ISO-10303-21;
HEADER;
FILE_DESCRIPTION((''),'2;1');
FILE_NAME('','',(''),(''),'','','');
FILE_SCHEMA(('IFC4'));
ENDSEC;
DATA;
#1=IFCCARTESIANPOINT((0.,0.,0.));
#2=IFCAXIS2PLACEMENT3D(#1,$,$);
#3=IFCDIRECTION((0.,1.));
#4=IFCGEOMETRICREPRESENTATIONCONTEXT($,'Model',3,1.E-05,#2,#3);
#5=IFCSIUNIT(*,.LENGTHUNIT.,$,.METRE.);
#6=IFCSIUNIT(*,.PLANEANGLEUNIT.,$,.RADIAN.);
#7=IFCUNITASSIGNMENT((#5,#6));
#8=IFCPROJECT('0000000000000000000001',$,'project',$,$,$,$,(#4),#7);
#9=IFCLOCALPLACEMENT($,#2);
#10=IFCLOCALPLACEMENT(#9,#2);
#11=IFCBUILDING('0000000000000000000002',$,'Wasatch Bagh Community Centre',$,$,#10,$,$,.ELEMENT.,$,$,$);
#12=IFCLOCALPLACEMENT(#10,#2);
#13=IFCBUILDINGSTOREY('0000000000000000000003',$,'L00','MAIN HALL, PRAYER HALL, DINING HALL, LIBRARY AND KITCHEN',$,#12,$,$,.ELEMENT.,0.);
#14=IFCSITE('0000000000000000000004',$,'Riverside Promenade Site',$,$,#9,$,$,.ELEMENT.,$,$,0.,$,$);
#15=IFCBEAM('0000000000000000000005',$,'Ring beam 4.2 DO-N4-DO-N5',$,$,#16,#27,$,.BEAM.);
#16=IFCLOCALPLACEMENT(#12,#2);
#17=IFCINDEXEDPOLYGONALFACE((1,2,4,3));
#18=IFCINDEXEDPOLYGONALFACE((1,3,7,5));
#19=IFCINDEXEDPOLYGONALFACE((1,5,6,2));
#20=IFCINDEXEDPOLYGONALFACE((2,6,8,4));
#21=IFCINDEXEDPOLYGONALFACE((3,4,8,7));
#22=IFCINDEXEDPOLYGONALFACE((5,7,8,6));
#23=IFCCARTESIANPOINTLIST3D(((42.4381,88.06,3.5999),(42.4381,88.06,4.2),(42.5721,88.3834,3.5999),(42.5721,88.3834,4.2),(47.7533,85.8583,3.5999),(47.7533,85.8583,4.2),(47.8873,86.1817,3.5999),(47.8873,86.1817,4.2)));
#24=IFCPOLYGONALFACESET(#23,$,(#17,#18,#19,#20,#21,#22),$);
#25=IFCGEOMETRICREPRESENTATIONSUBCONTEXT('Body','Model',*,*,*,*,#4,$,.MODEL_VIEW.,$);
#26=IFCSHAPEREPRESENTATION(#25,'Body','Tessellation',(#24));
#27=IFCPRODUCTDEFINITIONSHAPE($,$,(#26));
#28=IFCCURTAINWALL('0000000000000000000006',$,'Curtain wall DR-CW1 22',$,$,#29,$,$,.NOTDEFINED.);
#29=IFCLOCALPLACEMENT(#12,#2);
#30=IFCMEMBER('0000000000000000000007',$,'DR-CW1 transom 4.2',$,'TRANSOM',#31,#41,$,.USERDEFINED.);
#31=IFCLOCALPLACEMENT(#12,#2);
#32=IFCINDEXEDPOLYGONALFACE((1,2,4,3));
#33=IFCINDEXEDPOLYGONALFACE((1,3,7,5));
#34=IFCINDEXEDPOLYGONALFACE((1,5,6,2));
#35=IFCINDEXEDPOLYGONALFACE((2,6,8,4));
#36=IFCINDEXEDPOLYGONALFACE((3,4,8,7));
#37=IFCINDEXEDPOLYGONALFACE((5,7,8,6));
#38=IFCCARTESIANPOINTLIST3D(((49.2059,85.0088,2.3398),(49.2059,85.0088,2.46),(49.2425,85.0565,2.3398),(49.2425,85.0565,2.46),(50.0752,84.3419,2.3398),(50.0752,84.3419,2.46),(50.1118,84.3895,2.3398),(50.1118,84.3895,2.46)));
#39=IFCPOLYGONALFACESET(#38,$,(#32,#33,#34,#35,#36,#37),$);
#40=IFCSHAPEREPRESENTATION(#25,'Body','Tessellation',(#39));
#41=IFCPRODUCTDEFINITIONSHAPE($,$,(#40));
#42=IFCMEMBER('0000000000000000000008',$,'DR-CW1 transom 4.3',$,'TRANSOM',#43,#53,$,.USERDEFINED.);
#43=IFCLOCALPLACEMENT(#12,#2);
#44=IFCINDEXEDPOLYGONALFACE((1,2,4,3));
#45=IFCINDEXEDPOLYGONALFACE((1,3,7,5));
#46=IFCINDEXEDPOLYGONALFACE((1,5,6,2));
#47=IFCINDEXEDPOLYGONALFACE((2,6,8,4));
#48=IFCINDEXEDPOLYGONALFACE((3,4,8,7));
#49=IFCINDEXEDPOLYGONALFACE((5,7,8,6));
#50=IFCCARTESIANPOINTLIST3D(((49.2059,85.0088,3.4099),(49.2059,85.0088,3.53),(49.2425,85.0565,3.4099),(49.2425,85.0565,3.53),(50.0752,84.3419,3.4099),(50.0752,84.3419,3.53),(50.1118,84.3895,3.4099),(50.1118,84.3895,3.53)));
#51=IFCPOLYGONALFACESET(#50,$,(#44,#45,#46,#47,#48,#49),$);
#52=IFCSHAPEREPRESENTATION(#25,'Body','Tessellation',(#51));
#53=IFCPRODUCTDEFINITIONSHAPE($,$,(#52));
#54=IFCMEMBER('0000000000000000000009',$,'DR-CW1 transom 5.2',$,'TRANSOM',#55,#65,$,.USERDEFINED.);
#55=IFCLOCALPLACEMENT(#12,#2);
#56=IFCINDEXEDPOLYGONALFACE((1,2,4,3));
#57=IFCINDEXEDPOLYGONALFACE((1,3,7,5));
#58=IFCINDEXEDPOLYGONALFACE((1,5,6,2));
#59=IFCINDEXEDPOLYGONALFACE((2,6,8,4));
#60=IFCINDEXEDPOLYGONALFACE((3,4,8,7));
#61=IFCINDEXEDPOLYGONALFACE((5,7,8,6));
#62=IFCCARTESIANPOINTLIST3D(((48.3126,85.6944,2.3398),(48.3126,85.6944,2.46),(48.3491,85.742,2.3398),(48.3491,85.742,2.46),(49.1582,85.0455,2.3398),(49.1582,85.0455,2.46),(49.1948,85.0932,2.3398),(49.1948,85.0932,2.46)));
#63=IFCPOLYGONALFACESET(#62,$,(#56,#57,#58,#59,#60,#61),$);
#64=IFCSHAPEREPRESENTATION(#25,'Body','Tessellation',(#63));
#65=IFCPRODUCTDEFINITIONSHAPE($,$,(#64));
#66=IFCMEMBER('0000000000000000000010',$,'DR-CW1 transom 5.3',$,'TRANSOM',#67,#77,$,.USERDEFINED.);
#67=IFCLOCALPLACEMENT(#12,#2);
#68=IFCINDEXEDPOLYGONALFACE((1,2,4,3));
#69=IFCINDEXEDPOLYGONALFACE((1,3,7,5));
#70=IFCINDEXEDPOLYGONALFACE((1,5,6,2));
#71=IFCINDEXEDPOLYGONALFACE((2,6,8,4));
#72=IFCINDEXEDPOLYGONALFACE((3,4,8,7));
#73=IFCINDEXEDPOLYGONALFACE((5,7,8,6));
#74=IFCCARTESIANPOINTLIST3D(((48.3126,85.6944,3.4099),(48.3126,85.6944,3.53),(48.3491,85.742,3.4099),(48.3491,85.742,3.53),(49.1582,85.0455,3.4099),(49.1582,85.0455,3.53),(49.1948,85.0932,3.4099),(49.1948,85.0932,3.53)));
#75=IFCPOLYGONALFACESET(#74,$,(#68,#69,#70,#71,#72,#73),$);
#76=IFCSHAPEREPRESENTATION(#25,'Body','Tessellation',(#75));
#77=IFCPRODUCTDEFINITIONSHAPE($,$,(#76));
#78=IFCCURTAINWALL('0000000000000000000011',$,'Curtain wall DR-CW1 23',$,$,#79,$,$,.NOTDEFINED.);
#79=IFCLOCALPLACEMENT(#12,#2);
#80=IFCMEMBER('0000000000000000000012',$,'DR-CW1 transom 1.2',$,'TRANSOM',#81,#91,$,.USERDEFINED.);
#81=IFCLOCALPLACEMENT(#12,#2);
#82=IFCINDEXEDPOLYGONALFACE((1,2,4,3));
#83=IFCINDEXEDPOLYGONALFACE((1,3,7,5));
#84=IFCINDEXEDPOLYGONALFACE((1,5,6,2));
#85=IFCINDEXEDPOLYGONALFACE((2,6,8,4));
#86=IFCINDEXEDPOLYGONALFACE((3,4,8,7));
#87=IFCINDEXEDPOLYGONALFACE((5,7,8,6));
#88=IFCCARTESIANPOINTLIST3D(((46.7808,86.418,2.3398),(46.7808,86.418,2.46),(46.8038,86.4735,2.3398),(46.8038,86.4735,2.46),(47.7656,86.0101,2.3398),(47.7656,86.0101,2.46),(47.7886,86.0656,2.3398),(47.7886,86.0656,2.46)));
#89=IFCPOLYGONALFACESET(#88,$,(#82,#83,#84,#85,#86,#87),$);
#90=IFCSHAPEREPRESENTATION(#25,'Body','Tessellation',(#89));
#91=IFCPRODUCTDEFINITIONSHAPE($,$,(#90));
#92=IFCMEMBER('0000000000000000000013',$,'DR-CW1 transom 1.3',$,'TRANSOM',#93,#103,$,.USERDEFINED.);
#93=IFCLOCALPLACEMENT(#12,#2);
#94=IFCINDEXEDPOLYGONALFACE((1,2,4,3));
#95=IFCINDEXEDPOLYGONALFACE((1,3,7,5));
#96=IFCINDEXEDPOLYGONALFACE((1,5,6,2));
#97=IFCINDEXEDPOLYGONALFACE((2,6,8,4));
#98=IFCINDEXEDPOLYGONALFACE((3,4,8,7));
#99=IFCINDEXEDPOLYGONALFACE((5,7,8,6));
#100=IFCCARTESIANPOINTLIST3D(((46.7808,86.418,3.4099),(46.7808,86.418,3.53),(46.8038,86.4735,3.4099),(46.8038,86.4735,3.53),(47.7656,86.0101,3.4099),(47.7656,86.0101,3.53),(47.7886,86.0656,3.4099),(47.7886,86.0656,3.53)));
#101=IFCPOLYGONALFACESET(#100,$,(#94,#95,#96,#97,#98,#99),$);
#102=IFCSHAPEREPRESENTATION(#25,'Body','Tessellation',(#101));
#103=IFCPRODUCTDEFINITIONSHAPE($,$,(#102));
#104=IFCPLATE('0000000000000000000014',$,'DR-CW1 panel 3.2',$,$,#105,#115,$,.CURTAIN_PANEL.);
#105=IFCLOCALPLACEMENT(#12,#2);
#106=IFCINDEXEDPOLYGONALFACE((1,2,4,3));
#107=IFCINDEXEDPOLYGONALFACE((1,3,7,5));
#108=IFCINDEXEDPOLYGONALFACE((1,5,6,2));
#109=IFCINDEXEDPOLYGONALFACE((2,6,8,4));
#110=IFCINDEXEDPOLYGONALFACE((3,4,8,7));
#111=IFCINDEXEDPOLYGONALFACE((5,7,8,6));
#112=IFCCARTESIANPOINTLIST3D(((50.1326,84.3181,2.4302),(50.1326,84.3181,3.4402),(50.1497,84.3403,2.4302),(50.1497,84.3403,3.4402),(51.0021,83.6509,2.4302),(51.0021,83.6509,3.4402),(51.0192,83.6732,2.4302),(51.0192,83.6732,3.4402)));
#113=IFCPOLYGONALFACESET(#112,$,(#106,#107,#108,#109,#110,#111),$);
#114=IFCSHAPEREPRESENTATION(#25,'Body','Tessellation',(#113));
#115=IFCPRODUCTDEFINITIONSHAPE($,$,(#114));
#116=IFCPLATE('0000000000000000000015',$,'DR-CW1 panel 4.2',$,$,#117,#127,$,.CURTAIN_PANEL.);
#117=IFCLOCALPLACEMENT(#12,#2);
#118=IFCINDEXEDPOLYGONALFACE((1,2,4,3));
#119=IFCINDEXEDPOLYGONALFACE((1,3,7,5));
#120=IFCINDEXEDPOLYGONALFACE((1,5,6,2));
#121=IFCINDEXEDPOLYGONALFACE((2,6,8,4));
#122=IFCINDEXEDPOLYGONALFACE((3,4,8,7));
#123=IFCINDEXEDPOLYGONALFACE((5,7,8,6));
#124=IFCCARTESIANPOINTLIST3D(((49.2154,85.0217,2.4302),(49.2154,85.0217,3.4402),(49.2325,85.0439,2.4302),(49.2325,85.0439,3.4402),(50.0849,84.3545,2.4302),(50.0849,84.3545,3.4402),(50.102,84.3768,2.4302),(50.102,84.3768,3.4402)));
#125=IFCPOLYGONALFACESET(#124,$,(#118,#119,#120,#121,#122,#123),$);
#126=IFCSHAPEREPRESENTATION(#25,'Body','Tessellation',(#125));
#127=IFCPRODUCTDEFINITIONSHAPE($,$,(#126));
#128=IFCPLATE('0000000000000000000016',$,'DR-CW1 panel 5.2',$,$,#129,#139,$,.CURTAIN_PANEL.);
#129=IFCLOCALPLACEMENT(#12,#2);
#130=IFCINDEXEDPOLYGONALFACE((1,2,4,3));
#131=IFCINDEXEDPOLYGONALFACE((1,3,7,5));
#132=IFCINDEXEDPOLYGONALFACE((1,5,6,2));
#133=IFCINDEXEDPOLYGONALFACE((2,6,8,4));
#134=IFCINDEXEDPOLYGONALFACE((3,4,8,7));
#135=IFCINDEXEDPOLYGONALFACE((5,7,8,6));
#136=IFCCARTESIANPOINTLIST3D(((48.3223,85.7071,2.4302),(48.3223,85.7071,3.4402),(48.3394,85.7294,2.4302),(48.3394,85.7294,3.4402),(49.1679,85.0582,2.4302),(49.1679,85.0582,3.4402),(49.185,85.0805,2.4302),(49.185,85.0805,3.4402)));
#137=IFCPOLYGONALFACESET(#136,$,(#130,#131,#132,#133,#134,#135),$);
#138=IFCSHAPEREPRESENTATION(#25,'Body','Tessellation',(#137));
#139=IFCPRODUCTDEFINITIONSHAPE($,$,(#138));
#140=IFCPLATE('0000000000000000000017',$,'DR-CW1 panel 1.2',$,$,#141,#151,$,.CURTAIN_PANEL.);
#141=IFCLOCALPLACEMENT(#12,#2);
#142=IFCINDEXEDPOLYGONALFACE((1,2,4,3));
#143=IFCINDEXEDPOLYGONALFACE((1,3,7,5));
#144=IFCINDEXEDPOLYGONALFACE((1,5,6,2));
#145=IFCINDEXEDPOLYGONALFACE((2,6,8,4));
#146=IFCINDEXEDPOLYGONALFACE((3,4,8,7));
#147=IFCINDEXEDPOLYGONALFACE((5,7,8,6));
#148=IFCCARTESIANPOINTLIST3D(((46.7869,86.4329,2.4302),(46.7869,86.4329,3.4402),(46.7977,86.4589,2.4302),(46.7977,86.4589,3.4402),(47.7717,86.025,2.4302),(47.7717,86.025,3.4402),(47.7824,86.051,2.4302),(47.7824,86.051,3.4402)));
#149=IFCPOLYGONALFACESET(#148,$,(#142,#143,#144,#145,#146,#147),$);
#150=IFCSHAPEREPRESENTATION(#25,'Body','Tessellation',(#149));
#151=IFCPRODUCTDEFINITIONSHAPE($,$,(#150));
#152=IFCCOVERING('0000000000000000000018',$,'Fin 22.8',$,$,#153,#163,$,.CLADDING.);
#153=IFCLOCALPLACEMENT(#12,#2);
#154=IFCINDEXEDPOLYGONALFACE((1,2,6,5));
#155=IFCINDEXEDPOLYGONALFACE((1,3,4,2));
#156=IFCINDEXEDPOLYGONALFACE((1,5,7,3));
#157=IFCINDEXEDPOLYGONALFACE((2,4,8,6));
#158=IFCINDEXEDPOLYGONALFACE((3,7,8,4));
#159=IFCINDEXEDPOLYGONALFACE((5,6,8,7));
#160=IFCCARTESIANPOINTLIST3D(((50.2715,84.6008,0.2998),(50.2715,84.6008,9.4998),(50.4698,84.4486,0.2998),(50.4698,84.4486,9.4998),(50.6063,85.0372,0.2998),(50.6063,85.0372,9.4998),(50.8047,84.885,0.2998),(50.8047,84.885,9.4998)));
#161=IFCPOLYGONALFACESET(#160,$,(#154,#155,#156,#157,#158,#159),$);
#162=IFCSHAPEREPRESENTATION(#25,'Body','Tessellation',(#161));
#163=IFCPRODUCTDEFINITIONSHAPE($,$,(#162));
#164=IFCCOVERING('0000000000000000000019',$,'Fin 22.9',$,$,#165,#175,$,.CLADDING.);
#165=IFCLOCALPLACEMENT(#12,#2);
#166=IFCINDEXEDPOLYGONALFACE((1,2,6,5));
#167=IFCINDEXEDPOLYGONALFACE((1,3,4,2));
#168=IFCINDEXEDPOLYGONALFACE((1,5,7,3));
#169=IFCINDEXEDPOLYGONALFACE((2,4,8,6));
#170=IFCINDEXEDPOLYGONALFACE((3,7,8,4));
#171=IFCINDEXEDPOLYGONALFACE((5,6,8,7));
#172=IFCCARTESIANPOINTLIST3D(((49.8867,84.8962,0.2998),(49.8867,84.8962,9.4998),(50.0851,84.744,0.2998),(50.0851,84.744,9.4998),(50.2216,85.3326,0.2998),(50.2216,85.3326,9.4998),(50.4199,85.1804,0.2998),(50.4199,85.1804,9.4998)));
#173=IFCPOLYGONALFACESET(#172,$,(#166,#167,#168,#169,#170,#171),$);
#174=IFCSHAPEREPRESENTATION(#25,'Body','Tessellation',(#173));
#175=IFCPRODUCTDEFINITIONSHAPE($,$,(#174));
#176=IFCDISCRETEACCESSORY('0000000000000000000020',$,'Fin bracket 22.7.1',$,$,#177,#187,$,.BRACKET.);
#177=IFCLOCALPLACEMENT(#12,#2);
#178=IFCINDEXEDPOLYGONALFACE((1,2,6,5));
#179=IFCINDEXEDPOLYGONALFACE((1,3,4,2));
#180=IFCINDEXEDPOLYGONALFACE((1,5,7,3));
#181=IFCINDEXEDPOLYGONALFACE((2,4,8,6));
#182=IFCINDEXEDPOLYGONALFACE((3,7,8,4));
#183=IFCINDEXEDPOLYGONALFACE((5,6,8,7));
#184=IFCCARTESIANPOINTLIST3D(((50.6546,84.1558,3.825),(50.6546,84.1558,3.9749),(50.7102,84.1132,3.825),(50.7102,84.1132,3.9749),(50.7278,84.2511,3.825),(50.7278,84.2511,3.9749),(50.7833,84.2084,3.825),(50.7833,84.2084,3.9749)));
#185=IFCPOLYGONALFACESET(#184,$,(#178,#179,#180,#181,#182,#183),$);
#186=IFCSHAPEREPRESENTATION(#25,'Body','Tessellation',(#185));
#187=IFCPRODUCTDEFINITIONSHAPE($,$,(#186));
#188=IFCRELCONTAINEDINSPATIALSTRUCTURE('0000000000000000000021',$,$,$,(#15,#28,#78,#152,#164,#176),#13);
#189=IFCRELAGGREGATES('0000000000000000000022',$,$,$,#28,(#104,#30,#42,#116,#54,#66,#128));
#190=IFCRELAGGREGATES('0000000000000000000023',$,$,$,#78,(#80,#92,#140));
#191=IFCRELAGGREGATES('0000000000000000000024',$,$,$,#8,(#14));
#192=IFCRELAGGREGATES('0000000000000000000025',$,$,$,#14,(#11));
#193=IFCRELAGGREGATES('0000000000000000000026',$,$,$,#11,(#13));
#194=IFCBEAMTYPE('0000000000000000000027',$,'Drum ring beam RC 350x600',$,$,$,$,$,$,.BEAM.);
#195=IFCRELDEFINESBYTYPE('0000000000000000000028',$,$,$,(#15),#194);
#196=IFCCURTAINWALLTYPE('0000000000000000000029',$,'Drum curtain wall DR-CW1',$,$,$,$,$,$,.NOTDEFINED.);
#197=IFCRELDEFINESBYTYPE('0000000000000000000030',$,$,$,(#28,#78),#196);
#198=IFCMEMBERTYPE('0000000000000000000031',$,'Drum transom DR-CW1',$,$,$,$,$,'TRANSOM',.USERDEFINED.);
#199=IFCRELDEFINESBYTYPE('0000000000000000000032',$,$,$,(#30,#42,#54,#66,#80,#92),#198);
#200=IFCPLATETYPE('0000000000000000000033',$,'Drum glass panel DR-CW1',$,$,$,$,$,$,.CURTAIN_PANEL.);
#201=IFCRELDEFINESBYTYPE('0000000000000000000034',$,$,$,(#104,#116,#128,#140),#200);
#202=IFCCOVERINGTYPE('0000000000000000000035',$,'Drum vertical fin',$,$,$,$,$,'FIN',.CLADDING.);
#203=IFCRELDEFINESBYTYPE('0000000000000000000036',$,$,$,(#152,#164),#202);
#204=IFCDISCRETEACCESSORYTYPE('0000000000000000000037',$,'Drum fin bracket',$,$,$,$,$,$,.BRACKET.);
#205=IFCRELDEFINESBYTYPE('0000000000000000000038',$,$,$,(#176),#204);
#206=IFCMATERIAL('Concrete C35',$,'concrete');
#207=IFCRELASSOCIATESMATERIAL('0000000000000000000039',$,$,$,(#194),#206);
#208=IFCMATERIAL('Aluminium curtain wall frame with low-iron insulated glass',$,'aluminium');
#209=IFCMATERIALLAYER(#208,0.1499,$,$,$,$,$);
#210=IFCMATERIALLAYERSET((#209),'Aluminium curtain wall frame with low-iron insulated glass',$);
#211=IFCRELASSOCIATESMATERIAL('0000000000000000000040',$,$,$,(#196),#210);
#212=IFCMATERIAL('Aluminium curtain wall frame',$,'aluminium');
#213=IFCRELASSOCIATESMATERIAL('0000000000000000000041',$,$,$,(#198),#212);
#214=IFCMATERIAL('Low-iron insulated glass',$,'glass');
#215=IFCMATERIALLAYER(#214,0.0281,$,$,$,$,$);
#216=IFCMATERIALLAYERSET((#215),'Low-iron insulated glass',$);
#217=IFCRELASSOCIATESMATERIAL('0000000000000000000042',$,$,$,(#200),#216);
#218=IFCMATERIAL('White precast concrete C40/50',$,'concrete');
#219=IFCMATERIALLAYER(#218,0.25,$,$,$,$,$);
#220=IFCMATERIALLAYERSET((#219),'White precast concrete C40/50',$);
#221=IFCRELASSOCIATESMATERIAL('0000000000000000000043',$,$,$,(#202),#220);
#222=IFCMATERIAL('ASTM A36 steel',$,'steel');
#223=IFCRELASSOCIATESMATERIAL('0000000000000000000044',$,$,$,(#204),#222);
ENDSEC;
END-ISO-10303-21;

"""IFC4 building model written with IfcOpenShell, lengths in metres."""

from ifc_helpers import new_model, si_unit, direction, frame, origin, origin_2d, place, context, subcontext, project, spatial, rectangle, extrude, material, layer, layer_set, material_profile, profile_set, type_object, element, aggregate, save


model = new_model("IFC4")

# Units and contexts
model_context = context("Model", 3, precision=1e-05, world=origin(), true_north=direction((0.0, 1.0)))
body_context = subcontext(model_context, "Body", "Model", "MODEL_VIEW")
ifc_project = project(units=[si_unit("LENGTHUNIT", "METRE"), si_unit("PLANEANGLEUNIT", "RADIAN")], contexts=[model_context])

# Site, building, storey
site_placement = place(None, origin())
site = spatial("IfcSite", under=ifc_project, at=site_placement, Name="Riverside Promenade Site", CompositionType="ELEMENT", RefElevation=0.0)
building_placement = place(site_placement, origin())
building = spatial("IfcBuilding", under=site, at=building_placement, Name="Wasatch Bagh Community Centre", CompositionType="ELEMENT")
storey_placement = place(building_placement, origin())
storey = spatial("IfcBuildingStorey", under=building, at=storey_placement, Name="L00", Description="MAIN HALL, PRAYER HALL, DINING HALL, LIBRARY AND KITCHEN", CompositionType="ELEMENT", Elevation=0.0)

# Beam
ifc_material_1 = material(Name="Concrete C35", Category="concrete")
ifc_material_profile_1 = material_profile(ifc_material_1, rectangle(XDim=0.3501, YDim=0.6001, at=origin_2d()), Name="RC 350x600")
ifc_profile_set_1 = profile_set([ifc_material_profile_1], Name="Concrete C35")
beam_type = type_object("IfcBeamType", Name="Drum ring beam RC 350x600", PredefinedType="BEAM", material=ifc_profile_set_1)
beam_placement = place(storey_placement, frame((47.8203, 86.02, 3.8999), z_axis=(-0.923877, 0.382689, 0.0), x_axis=(-0.382689, -0.923877, 0.0)))
element("IfcBeam", 1, at=beam_placement, inside=storey, type_object=beam_type, Name="Ring beam 4.2 DO-N4-DO-N5", PredefinedType="BEAM", context=body_context, shape_type="SweptSolid", body=[
    extrude(rectangle(XDim=0.3501, YDim=0.6001, at=origin_2d()), origin(), (0.0, 0.0, 1.0), 5.7532),
])

# Curtain walls, members
ifc_material_2 = material(Name="Aluminium curtain wall frame with low-iron insulated glass", Category="aluminium")
ifc_layer_1 = layer(ifc_material_2, 0.1499)
ifc_layer_set_1 = layer_set([ifc_layer_1], Name="Aluminium curtain wall frame with low-iron insulated glass")
curtain_wall_type = type_object("IfcCurtainWallType", Name="Drum curtain wall DR-CW1", PredefinedType="NOTDEFINED", material=ifc_layer_set_1)
curtain_wall_1_placement = place(storey_placement, origin())
curtain_wall_1 = element("IfcCurtainWall", 2, at=curtain_wall_1_placement, inside=storey, type_object=curtain_wall_type, Name="Curtain wall DR-CW1 22", PredefinedType="NOTDEFINED")
ifc_material_3 = material(Name="Aluminium curtain wall frame", Category="aluminium")
ifc_material_profile_2 = material_profile(ifc_material_3, rectangle(XDim=0.0601, YDim=0.1201, at=origin_2d()), Name="Drum transom DR-CW1")
ifc_profile_set_2 = profile_set([ifc_material_profile_2], Name="Aluminium curtain wall frame")
member_type = type_object("IfcMemberType", Name="Drum transom DR-CW1", ElementType="TRANSOM", PredefinedType="USERDEFINED", material=ifc_profile_set_2)
member_1_placement = place(storey_placement, frame((50.0935, 84.3657, 2.3999), z_axis=(-0.793402, 0.608698, 0.0), x_axis=(-0.608698, -0.793402, 0.0)))
member_1 = element("IfcMember", 3, at=member_1_placement, type_object=member_type, Name="DR-CW1 transom 4.2", ObjectType="TRANSOM", PredefinedType="USERDEFINED", context=body_context, shape_type="SweptSolid", body=[
    extrude(rectangle(XDim=0.0601, YDim=0.1201, at=origin_2d()), origin(), (0.0, 0.0, 1.0), 1.0957),
])
member_2_placement = place(storey_placement, frame((50.0935, 84.3657, 3.47), z_axis=(-0.793402, 0.608698, 0.0), x_axis=(-0.608698, -0.793402, 0.0)))
member_2 = element("IfcMember", 4, at=member_2_placement, type_object=member_type, Name="DR-CW1 transom 4.3", ObjectType="TRANSOM", PredefinedType="USERDEFINED", context=body_context, shape_type="SweptSolid", body=[
    extrude(rectangle(XDim=0.0601, YDim=0.1201, at=origin_2d()), origin(), (0.0, 0.0, 1.0), 1.0957),
])
member_3_placement = place(storey_placement, frame((49.1765, 85.0693, 2.3999), z_axis=(-0.793356, 0.608758, 0.0), x_axis=(-0.608758, -0.793356, 0.0)))
member_3 = element("IfcMember", 5, at=member_3_placement, type_object=member_type, Name="DR-CW1 transom 5.2", ObjectType="TRANSOM", PredefinedType="USERDEFINED", context=body_context, shape_type="SweptSolid", body=[
    extrude(rectangle(XDim=0.0601, YDim=0.1201, at=origin_2d()), origin(), (0.0, 0.0, 1.0), 1.0659),
])
member_4_placement = place(storey_placement, frame((49.1765, 85.0693, 3.47), z_axis=(-0.793356, 0.608758, 0.0), x_axis=(-0.608758, -0.793356, 0.0)))
member_4 = element("IfcMember", 6, at=member_4_placement, type_object=member_type, Name="DR-CW1 transom 5.3", ObjectType="TRANSOM", PredefinedType="USERDEFINED", context=body_context, shape_type="SweptSolid", body=[
    extrude(rectangle(XDim=0.0601, YDim=0.1201, at=origin_2d()), origin(), (0.0, 0.0, 1.0), 1.0659),
])
curtain_wall_2_placement = place(storey_placement, origin())
curtain_wall_2 = element("IfcCurtainWall", 7, at=curtain_wall_2_placement, inside=storey, type_object=curtain_wall_type, Name="Curtain wall DR-CW1 23", PredefinedType="NOTDEFINED")
member_5_placement = place(storey_placement, frame((47.7771, 86.0378, 2.3999), z_axis=(-0.923874, 0.382696, 0.0), x_axis=(-0.382696, -0.923874, 0.0)))
member_5 = element("IfcMember", 8, at=member_5_placement, type_object=member_type, Name="DR-CW1 transom 1.2", ObjectType="TRANSOM", PredefinedType="USERDEFINED", context=body_context, shape_type="SweptSolid", body=[
    extrude(rectangle(XDim=0.0601, YDim=0.1201, at=origin_2d()), origin(), (0.0, 0.0, 1.0), 1.0659),
])
member_6_placement = place(storey_placement, frame((47.7771, 86.0378, 3.47), z_axis=(-0.923874, 0.382696, 0.0), x_axis=(-0.382696, -0.923874, 0.0)))
member_6 = element("IfcMember", 9, at=member_6_placement, type_object=member_type, Name="DR-CW1 transom 1.3", ObjectType="TRANSOM", PredefinedType="USERDEFINED", context=body_context, shape_type="SweptSolid", body=[
    extrude(rectangle(XDim=0.0601, YDim=0.1201, at=origin_2d()), origin(), (0.0, 0.0, 1.0), 1.0659),
])

# Plates
ifc_material_4 = material(Name="Low-iron insulated glass", Category="glass")
ifc_layer_2 = layer(ifc_material_4, 0.0281)
ifc_layer_set_2 = layer_set([ifc_layer_2], Name="Low-iron insulated glass")
plate_type = type_object("IfcPlateType", Name="Drum glass panel DR-CW1", PredefinedType="CURTAIN_PANEL", material=ifc_layer_set_2)
plate_1_placement = place(storey_placement, frame((50.5759, 83.9956, 2.4302), z_axis=(0.0, 0.0, 1.0), x_axis=(-0.793353, 0.608761, 0.0)))
plate_1 = element("IfcPlate", 10, at=plate_1_placement, type_object=plate_type, Name="DR-CW1 panel 3.2", PredefinedType="CURTAIN_PANEL", context=body_context, shape_type="SweptSolid", body=[
    extrude(rectangle(XDim=1.0959, YDim=0.0281, at=origin_2d()), origin(), (0.0, 0.0, 1.0), 1.01),
])
plate_2_placement = place(storey_placement, frame((49.6587, 84.6992, 2.4302), z_axis=(0.0, 0.0, 1.0), x_axis=(-0.793353, 0.608761, 0.0)))
plate_2 = element("IfcPlate", 11, at=plate_2_placement, type_object=plate_type, Name="DR-CW1 panel 4.2", PredefinedType="CURTAIN_PANEL", context=body_context, shape_type="SweptSolid", body=[
    extrude(rectangle(XDim=1.0959, YDim=0.0281, at=origin_2d()), origin(), (0.0, 0.0, 1.0), 1.01),
])
plate_3_placement = place(storey_placement, frame((48.7537, 85.3938, 2.4302), z_axis=(0.0, 0.0, 1.0), x_axis=(-0.793353, 0.608761, 0.0)))
plate_3 = element("IfcPlate", 12, at=plate_3_placement, type_object=plate_type, Name="DR-CW1 panel 5.2", PredefinedType="CURTAIN_PANEL", context=body_context, shape_type="SweptSolid", body=[
    extrude(rectangle(XDim=1.0659, YDim=0.0281, at=origin_2d()), origin(), (0.0, 0.0, 1.0), 1.01),
])
aggregate(curtain_wall_1, [plate_1, member_1, member_2, plate_2, member_3, member_4, plate_3])
plate_4_placement = place(storey_placement, frame((47.2847, 86.2419, 2.4302), z_axis=(0.0, 0.0, 1.0), x_axis=(-0.92388, 0.382683, 0.0)))
plate_4 = element("IfcPlate", 13, at=plate_4_placement, type_object=plate_type, Name="DR-CW1 panel 1.2", PredefinedType="CURTAIN_PANEL", context=body_context, shape_type="SweptSolid", body=[
    extrude(rectangle(XDim=1.0659, YDim=0.0281, at=origin_2d()), origin(), (0.0, 0.0, 1.0), 1.01),
])
aggregate(curtain_wall_2, [member_5, member_6, plate_4])

# Coverings
ifc_material_5 = material(Name="White precast concrete C40/50", Category="concrete")
ifc_layer_3 = layer(ifc_material_5, 0.25)
ifc_layer_set_3 = layer_set([ifc_layer_3], Name="White precast concrete C40/50")
covering_type = type_object("IfcCoveringType", Name="Drum vertical fin", ElementType="FIN", PredefinedType="CLADDING", material=ifc_layer_set_3)
for number, where, z_axis, x_axis, name in (
    (14, (50.5381, 84.7429, 0.2998), (0.0, 0.0, 1.0), (-0.793353, 0.608761, 0.0), "Fin 22.8"),
    (15, (50.1533, 85.0383, 0.2998), (0.0, 0.0, 1.0), (-0.793353, 0.608761, 0.0), "Fin 22.9"),
):
    element("IfcCovering", number, at=place(storey_placement, frame(where, z_axis=z_axis, x_axis=x_axis)), inside=storey, type_object=covering_type, Name=name, PredefinedType="CLADDING", context=body_context, shape_type="SweptSolid", body=[
        extrude(rectangle(XDim=0.25, YDim=0.55, at=origin_2d()), origin(), (0.0, 0.0, 1.0), 9.2),
    ])

# Discrete accessory
ifc_material_6 = material(Name="ASTM A36 steel", Category="steel")
discrete_accessory_type = type_object("IfcDiscreteAccessoryType", Name="Drum fin bracket", PredefinedType="BRACKET", material=ifc_material_6)
for number, where, z_axis, x_axis, name in (
    (16, (50.719, 84.1821, 3.825), (0.0, 0.0, 1.0), (-0.793353, 0.608761, 0.0), "Fin bracket 22.7.1"),
):
    element("IfcDiscreteAccessory", number, at=place(storey_placement, frame(where, z_axis=z_axis, x_axis=x_axis)), inside=storey, type_object=discrete_accessory_type, Name=name, PredefinedType="BRACKET", context=body_context, shape_type="SweptSolid", body=[
        extrude(rectangle(XDim=0.0701, YDim=0.1201, at=origin_2d()), origin(), (0.0, 0.0, 1.0), 0.1499),
    ])

save(model, "model.ifc")
